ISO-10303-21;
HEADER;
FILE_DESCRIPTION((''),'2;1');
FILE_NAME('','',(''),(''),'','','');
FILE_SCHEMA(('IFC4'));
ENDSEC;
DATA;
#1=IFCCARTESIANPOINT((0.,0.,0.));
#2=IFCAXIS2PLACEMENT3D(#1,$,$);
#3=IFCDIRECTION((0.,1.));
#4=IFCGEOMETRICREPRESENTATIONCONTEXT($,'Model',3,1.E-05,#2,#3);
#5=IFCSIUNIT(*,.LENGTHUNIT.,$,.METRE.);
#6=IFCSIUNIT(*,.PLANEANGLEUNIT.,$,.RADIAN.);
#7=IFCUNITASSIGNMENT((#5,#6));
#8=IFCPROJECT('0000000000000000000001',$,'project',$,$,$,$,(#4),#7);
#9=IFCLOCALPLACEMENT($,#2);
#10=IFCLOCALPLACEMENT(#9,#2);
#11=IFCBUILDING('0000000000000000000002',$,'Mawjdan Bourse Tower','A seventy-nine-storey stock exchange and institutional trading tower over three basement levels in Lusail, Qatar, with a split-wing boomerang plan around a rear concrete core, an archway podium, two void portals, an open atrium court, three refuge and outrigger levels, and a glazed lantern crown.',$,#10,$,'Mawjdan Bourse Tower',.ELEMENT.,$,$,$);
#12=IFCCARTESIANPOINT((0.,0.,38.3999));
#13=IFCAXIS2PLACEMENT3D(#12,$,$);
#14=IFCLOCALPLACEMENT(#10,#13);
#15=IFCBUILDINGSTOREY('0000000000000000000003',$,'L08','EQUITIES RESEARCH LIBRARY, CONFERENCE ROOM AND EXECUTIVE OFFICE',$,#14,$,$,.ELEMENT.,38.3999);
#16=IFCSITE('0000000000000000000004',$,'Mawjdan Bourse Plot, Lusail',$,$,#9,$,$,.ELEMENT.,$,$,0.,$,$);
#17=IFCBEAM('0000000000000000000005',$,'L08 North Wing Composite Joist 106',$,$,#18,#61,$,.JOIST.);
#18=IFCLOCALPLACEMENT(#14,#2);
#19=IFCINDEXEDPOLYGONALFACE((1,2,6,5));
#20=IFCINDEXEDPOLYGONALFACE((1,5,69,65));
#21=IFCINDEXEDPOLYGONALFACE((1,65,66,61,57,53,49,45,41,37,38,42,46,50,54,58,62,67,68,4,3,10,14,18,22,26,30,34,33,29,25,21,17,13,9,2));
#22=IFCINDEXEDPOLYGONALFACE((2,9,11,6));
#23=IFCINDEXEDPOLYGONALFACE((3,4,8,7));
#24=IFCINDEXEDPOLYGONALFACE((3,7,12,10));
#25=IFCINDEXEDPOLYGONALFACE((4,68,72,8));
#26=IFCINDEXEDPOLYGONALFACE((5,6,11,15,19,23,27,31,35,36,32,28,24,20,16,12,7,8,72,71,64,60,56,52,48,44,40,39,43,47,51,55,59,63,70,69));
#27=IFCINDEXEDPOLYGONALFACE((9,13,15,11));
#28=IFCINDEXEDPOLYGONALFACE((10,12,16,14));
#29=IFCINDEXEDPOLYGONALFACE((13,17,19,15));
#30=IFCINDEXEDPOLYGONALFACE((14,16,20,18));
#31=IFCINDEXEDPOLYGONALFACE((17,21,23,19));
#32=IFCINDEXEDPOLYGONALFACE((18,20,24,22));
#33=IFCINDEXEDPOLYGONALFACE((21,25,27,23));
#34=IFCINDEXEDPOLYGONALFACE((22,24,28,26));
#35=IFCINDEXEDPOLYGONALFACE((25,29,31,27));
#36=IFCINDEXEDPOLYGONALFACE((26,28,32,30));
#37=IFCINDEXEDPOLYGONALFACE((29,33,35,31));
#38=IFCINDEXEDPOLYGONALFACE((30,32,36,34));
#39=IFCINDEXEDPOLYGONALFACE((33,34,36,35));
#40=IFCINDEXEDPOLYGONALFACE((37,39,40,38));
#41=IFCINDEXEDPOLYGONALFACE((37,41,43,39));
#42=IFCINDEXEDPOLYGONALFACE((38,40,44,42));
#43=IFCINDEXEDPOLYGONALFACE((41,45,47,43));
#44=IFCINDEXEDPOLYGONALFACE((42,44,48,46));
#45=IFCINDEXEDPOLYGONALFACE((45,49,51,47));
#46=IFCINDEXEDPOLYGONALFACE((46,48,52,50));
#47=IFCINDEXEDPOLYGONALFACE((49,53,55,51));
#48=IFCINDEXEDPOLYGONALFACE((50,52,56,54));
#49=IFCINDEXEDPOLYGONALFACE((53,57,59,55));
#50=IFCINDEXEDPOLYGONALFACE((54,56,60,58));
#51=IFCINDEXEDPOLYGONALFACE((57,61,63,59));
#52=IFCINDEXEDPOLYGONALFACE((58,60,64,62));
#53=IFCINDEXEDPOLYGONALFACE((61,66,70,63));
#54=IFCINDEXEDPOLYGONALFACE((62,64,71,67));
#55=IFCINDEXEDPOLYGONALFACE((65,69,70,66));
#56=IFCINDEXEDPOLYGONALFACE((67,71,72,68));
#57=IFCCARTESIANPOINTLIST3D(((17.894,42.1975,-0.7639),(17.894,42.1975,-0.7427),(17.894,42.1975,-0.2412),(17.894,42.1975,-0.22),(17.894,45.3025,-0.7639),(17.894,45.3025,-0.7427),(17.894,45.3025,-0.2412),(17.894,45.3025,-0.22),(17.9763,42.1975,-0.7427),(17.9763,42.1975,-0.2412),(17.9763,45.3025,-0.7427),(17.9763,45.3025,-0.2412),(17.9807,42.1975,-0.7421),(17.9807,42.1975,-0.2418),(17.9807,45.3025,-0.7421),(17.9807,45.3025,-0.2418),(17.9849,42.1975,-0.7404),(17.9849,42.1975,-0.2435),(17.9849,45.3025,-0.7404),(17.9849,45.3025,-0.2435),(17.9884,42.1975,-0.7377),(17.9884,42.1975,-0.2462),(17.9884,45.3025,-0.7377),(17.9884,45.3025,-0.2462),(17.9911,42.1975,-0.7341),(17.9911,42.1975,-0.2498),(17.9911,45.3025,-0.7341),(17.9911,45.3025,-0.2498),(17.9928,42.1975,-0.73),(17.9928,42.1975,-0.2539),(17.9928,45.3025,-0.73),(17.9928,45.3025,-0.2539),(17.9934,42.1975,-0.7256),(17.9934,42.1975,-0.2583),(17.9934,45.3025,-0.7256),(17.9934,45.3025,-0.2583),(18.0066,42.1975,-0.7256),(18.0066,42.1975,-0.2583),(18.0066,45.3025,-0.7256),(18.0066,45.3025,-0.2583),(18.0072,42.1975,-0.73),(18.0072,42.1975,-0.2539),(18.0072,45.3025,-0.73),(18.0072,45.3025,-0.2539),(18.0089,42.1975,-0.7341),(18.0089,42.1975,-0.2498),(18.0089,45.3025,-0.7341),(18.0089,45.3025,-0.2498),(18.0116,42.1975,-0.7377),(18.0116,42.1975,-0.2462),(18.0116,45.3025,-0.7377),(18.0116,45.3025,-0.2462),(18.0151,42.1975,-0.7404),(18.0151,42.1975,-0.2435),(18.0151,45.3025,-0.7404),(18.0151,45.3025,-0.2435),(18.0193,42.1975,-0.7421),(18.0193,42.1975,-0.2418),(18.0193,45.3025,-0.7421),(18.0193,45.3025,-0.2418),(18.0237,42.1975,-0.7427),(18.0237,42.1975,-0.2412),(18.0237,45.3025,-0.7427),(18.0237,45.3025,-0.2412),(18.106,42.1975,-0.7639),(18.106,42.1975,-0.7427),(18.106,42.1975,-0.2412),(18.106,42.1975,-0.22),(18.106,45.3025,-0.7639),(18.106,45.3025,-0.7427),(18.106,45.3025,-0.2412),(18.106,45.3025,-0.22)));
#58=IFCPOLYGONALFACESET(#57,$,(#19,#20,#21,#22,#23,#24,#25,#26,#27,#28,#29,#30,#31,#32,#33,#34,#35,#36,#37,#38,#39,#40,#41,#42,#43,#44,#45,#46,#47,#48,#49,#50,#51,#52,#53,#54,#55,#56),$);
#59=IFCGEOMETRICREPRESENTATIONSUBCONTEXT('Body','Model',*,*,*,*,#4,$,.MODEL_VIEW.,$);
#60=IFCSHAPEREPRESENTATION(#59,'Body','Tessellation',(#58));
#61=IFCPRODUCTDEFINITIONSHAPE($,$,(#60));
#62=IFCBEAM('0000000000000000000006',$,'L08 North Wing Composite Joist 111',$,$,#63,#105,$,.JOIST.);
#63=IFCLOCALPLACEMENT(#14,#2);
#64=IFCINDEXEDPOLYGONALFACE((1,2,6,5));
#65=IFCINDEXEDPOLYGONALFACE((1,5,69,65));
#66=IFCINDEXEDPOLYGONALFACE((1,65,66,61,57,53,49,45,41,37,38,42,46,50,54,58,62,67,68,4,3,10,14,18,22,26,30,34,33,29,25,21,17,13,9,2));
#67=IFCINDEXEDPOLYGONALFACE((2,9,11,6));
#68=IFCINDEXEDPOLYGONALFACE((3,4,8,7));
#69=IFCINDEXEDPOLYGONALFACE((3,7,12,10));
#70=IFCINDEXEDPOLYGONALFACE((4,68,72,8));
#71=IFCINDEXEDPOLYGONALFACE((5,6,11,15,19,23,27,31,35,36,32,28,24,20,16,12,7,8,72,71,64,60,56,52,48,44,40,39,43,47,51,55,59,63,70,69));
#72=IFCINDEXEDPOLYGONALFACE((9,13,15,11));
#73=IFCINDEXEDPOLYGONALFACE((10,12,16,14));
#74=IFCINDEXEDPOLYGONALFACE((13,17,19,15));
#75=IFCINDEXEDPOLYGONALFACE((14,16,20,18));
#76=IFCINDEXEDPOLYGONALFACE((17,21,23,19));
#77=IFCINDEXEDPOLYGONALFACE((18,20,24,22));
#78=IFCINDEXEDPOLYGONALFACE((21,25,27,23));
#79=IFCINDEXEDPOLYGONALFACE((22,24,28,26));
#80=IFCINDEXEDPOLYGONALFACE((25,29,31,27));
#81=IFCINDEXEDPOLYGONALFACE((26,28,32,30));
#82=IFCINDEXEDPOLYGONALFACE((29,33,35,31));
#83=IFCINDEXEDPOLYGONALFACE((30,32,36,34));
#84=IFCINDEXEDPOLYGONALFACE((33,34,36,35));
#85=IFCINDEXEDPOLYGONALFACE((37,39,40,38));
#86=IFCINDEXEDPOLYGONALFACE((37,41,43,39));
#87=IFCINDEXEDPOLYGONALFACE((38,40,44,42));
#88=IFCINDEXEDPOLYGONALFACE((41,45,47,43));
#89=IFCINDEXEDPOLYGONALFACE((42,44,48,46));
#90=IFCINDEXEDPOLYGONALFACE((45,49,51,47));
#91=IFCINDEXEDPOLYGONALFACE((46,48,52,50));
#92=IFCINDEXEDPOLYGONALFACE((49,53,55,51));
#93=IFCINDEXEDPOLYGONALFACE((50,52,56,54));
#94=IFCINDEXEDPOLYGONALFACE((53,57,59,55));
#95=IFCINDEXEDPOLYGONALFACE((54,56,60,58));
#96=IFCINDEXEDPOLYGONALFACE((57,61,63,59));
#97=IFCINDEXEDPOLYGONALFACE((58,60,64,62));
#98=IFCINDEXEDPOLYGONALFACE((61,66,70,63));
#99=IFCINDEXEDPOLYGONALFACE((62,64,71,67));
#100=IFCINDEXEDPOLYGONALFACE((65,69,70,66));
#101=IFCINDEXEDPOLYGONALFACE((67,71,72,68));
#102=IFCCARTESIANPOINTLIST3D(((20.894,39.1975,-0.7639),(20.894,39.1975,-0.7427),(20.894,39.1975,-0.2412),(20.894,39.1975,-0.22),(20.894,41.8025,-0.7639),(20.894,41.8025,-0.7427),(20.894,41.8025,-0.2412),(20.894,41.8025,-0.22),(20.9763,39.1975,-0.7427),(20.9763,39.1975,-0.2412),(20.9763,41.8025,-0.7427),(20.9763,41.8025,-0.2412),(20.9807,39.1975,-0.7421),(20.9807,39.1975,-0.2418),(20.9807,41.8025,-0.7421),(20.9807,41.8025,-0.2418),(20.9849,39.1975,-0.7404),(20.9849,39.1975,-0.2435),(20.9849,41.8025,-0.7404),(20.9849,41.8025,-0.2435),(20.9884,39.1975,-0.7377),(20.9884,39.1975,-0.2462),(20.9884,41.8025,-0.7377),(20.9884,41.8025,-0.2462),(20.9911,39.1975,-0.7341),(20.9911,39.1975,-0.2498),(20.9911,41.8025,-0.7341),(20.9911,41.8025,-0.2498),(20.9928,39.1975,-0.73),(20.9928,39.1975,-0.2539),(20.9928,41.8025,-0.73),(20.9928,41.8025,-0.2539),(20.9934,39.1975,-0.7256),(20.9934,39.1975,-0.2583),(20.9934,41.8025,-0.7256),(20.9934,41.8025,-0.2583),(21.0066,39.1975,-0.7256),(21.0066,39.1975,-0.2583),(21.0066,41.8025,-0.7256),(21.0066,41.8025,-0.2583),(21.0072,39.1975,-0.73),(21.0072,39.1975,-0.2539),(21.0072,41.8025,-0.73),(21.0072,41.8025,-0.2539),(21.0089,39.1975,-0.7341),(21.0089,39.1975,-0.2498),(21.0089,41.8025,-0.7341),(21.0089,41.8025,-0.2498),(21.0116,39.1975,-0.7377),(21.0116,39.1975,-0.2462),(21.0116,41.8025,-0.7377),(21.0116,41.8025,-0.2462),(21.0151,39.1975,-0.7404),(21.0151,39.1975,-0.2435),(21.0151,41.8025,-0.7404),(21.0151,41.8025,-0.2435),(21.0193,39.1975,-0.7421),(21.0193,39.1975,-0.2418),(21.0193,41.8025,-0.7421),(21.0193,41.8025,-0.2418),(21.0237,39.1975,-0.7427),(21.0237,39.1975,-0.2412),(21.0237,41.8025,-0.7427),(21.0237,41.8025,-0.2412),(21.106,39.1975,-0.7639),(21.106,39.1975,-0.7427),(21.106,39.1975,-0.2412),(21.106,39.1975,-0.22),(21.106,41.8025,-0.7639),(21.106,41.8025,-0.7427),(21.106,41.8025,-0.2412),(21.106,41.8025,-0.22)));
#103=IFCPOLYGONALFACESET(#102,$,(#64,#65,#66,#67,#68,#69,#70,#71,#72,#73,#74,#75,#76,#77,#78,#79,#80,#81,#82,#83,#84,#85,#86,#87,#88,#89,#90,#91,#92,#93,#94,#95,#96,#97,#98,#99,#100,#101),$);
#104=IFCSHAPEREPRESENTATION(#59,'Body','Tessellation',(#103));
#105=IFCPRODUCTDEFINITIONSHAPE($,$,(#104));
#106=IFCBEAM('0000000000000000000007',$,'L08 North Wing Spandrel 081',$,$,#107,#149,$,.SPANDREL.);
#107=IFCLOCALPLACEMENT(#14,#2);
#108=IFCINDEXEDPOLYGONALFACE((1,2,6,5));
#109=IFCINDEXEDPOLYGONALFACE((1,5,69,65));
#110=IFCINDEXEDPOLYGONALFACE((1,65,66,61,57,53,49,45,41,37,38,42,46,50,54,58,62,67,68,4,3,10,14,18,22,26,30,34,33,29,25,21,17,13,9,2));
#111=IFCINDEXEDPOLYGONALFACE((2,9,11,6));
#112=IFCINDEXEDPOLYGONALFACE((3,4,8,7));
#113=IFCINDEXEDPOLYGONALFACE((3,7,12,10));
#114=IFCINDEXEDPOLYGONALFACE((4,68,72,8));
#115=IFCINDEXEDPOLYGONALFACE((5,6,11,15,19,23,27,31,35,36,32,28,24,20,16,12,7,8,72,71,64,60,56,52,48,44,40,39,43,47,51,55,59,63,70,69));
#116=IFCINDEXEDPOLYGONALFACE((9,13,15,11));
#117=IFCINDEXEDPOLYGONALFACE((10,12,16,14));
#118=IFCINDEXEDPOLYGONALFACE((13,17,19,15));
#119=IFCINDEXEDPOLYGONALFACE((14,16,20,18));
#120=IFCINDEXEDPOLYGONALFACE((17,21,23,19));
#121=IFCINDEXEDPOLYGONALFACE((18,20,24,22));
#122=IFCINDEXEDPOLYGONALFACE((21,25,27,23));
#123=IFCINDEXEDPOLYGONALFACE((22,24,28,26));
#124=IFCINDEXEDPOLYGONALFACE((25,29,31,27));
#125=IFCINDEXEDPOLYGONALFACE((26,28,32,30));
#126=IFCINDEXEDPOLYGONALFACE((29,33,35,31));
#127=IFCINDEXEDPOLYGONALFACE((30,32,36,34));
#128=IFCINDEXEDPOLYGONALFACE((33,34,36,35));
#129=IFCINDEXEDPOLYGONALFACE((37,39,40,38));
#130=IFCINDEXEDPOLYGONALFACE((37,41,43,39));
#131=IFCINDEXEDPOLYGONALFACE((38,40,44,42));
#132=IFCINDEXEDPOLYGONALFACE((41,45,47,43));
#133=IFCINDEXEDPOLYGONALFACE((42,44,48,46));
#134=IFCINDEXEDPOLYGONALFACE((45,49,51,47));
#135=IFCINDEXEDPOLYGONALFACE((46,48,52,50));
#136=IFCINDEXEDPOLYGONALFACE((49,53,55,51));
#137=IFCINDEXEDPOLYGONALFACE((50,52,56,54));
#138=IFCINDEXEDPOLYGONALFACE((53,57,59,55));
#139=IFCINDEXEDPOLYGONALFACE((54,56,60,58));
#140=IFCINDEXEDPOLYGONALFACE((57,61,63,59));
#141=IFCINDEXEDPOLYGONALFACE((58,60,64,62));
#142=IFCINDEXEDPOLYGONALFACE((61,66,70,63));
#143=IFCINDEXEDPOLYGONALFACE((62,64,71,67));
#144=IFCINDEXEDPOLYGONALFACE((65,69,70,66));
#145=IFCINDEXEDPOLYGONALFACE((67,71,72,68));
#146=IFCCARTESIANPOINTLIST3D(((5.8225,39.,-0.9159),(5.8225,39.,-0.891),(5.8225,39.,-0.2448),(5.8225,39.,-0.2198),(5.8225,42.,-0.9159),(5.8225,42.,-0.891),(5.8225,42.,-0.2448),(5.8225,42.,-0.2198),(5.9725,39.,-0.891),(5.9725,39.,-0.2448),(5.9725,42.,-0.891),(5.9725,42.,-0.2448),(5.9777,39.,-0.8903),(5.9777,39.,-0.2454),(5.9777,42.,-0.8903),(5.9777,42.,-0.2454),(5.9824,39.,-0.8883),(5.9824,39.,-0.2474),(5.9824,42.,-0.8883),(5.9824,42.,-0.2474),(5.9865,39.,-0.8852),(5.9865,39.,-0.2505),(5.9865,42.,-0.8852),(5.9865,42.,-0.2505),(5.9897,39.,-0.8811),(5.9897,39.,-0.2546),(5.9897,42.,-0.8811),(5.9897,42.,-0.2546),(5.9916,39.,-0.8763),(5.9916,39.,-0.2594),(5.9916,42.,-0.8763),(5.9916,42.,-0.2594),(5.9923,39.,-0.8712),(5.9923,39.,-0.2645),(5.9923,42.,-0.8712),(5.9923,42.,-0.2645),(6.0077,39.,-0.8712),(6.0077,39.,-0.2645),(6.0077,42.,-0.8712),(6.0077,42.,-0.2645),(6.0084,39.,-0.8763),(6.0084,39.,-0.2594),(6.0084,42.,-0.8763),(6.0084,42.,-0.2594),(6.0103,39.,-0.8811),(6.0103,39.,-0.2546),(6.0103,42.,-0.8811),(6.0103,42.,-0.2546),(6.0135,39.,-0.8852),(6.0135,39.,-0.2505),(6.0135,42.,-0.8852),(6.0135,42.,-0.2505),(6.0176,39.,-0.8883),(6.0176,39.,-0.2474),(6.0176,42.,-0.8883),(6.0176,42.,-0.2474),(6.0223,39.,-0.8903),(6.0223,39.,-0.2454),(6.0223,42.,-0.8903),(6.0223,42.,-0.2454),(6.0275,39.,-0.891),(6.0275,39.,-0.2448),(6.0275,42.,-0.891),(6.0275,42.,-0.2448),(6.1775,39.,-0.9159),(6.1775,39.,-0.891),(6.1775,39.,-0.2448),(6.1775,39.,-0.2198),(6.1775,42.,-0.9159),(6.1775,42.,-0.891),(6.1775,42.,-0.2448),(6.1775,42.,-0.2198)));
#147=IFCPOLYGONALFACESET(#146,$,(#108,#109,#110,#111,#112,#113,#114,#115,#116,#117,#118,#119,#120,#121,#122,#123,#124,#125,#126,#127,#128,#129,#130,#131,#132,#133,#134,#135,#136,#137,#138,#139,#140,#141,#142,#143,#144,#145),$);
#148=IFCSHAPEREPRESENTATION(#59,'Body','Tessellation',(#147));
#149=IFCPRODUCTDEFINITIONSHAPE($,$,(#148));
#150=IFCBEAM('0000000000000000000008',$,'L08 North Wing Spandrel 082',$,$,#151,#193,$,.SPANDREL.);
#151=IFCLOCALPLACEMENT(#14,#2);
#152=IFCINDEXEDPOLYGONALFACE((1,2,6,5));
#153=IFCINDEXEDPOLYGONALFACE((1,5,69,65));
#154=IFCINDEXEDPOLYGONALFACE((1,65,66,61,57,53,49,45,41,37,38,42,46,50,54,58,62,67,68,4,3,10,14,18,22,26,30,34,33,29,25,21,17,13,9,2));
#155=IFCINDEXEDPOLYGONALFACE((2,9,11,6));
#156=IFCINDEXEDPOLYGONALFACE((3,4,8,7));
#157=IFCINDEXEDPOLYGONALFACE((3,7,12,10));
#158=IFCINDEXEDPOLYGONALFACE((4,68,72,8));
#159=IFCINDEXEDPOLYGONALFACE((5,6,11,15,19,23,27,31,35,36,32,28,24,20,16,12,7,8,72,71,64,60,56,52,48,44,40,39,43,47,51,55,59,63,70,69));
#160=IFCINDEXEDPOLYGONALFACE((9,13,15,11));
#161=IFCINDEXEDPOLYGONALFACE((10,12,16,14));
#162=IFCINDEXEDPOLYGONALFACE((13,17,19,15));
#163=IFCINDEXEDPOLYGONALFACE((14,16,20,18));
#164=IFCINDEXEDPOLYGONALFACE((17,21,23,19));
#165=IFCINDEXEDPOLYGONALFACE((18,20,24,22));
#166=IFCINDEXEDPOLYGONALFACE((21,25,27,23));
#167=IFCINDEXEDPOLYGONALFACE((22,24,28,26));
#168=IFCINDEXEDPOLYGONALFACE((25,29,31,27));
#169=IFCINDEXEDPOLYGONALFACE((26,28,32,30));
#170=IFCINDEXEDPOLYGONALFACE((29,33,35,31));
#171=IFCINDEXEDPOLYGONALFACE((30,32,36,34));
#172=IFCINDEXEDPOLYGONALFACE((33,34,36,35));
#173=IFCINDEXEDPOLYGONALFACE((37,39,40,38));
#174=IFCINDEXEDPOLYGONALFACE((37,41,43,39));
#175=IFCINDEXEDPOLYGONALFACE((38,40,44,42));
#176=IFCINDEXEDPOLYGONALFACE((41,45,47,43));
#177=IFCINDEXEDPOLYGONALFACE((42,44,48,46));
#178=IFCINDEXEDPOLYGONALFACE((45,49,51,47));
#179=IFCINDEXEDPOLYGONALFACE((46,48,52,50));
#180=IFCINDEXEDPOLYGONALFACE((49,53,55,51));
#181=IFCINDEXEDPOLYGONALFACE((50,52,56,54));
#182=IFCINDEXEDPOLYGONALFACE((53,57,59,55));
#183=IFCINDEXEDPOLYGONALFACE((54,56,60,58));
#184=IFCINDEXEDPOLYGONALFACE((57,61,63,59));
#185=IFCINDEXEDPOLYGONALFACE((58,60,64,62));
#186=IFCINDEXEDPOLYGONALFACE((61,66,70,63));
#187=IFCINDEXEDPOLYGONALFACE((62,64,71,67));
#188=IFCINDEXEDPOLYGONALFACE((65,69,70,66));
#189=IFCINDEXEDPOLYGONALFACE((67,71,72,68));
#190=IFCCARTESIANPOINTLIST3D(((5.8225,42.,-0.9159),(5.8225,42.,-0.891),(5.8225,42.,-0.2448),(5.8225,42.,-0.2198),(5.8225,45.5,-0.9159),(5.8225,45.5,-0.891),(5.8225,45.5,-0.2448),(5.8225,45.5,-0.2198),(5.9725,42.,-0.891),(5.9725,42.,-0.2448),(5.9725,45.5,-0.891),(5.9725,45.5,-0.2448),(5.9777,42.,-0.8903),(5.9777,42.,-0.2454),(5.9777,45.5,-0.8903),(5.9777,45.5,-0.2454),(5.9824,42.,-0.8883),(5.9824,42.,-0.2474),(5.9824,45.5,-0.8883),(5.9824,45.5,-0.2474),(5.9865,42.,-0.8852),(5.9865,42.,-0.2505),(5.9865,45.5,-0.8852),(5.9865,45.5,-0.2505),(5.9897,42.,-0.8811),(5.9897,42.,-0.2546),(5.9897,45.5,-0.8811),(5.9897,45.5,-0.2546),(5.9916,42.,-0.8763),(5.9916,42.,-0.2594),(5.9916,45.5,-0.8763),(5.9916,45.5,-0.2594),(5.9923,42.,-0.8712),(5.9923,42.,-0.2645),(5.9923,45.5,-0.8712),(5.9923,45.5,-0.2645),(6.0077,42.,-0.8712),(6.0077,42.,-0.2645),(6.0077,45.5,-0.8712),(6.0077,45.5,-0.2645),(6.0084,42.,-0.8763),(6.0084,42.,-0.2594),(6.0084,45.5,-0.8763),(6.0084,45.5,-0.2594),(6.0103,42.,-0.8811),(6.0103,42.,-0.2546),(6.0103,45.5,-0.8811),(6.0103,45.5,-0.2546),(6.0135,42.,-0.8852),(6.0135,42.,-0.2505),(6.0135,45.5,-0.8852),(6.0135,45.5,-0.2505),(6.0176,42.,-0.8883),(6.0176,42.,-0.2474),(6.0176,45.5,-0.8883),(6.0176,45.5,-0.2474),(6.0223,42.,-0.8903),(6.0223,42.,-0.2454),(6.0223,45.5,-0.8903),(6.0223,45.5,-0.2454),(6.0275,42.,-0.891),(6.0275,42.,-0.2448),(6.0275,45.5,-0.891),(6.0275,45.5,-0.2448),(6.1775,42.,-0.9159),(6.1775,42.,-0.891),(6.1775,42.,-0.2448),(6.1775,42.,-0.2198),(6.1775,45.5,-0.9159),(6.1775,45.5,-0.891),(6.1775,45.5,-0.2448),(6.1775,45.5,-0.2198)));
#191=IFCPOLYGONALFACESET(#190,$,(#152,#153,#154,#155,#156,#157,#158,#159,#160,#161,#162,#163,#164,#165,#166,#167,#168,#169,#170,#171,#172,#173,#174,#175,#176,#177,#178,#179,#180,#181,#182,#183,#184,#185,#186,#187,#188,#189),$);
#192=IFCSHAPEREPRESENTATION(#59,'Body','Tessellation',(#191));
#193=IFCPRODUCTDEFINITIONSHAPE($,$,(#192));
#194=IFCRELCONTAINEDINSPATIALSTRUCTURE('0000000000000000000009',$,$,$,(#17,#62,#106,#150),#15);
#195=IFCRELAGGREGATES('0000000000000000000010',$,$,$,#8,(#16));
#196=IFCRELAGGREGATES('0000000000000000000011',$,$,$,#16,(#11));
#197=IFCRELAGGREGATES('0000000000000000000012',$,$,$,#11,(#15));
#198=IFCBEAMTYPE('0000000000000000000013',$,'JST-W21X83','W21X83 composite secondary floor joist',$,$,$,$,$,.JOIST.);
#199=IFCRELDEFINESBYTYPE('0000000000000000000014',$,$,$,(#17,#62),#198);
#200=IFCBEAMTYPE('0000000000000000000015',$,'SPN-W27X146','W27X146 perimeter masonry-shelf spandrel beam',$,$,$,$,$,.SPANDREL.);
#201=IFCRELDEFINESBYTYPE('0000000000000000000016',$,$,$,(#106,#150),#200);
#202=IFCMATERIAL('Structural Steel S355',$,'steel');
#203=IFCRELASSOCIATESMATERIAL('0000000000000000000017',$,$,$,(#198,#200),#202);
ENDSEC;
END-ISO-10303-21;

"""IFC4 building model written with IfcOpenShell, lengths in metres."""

from ifc_helpers import new_model, si_unit, direction, frame, origin, origin_2d, place, context, subcontext, project, spatial, i_section, extrude, material, material_profile, profile_set, type_object, element, save


model = new_model("IFC4")

# Units and contexts
model_context = context("Model", 3, precision=1e-05, world=origin(), true_north=direction((0.0, 1.0)))
body_context = subcontext(model_context, "Body", "Model", "MODEL_VIEW")
ifc_project = project(units=[si_unit("LENGTHUNIT", "METRE"), si_unit("PLANEANGLEUNIT", "RADIAN")], contexts=[model_context])

# Site, building, storey
site_placement = place(None, origin())
site = spatial("IfcSite", under=ifc_project, at=site_placement, Name="Mawjdan Bourse Plot, Lusail", CompositionType="ELEMENT", RefElevation=0.0)
building_placement = place(site_placement, origin())
building = spatial("IfcBuilding", under=site, at=building_placement, Name="Mawjdan Bourse Tower", Description="A seventy-nine-storey stock exchange and institutional trading tower over three basement levels in Lusail, Qatar, with a split-wing boomerang plan around a rear concrete core, an archway podium, two void portals, an open atrium court, three refuge and outrigger levels, and a glazed lantern crown.", LongName="Mawjdan Bourse Tower", CompositionType="ELEMENT")
storey_placement = place(building_placement, frame((0.0, 0.0, 38.3999)))
storey = spatial("IfcBuildingStorey", under=building, at=storey_placement, Name="L08", Description="EQUITIES RESEARCH LIBRARY, CONFERENCE ROOM AND EXECUTIVE OFFICE", CompositionType="ELEMENT", Elevation=38.3999)

# Beams
ifc_material_1 = material(Name="Structural Steel S355", Category="steel")
ifc_material_profile_1 = material_profile(ifc_material_1, i_section(OverallWidth=0.2119, OverallDepth=0.5439, WebThickness=0.0132, FlangeThickness=0.0212, FilletRadius=0.0171, at=origin_2d()), Name="W21X83")
ifc_profile_set_1 = profile_set([ifc_material_profile_1], Name="Structural Steel S355")
beam_type_1 = type_object("IfcBeamType", Name="JST-W21X83", Description="W21X83 composite secondary floor joist", PredefinedType="JOIST", material=ifc_profile_set_1)
beam_1_placement = place(storey_placement, frame((18.0, 42.1975, -0.4919), z_axis=(0.0, 1.0, 0.0), x_axis=(-1.0, 0.0, 0.0)))
element("IfcBeam", 1, at=beam_1_placement, inside=storey, type_object=beam_type_1, Name="L08 North Wing Composite Joist 106", PredefinedType="JOIST", context=body_context, shape_type="SweptSolid", body=[
    extrude(i_section(OverallWidth=0.2119, OverallDepth=0.5439, WebThickness=0.0132, FlangeThickness=0.0212, FilletRadius=0.0171, at=origin_2d()), origin(), (0.0, 0.0, 1.0), 3.105),
])
beam_2_placement = place(storey_placement, frame((21.0, 39.1975, -0.4919), z_axis=(0.0, 1.0, 0.0), x_axis=(-1.0, 0.0, 0.0)))
element("IfcBeam", 2, at=beam_2_placement, inside=storey, type_object=beam_type_1, Name="L08 North Wing Composite Joist 111", PredefinedType="JOIST", context=body_context, shape_type="SweptSolid", body=[
    extrude(i_section(OverallWidth=0.2119, OverallDepth=0.5439, WebThickness=0.0132, FlangeThickness=0.0212, FilletRadius=0.0171, at=origin_2d()), origin(), (0.0, 0.0, 1.0), 2.605),
])
ifc_material_profile_2 = material_profile(ifc_material_1, i_section(OverallWidth=0.355, OverallDepth=0.696, WebThickness=0.0154, FlangeThickness=0.0249, FilletRadius=0.0198, at=origin_2d()), Name="W27X146")
ifc_profile_set_2 = profile_set([ifc_material_profile_2], Name="Structural Steel S355")
beam_type_2 = type_object("IfcBeamType", Name="SPN-W27X146", Description="W27X146 perimeter masonry-shelf spandrel beam", PredefinedType="SPANDREL", material=ifc_profile_set_2)
beam_3_placement = place(storey_placement, frame((6.0, 39.0, -0.5679), z_axis=(0.0, 1.0, 0.0), x_axis=(-1.0, 0.0, 0.0)))
element("IfcBeam", 3, at=beam_3_placement, inside=storey, type_object=beam_type_2, Name="L08 North Wing Spandrel 081", PredefinedType="SPANDREL", context=body_context, shape_type="SweptSolid", body=[
    extrude(i_section(OverallWidth=0.355, OverallDepth=0.696, WebThickness=0.0154, FlangeThickness=0.0249, FilletRadius=0.0198, at=origin_2d()), origin(), (0.0, 0.0, 1.0), 3.0),
])
beam_4_placement = place(storey_placement, frame((6.0, 42.0, -0.5679), z_axis=(0.0, 1.0, 0.0), x_axis=(-1.0, 0.0, 0.0)))
element("IfcBeam", 4, at=beam_4_placement, inside=storey, type_object=beam_type_2, Name="L08 North Wing Spandrel 082", PredefinedType="SPANDREL", context=body_context, shape_type="SweptSolid", body=[
    extrude(i_section(OverallWidth=0.355, OverallDepth=0.696, WebThickness=0.0154, FlangeThickness=0.0249, FilletRadius=0.0198, at=origin_2d()), origin(), (0.0, 0.0, 1.0), 3.5),
])

save(model, "model.ifc")
